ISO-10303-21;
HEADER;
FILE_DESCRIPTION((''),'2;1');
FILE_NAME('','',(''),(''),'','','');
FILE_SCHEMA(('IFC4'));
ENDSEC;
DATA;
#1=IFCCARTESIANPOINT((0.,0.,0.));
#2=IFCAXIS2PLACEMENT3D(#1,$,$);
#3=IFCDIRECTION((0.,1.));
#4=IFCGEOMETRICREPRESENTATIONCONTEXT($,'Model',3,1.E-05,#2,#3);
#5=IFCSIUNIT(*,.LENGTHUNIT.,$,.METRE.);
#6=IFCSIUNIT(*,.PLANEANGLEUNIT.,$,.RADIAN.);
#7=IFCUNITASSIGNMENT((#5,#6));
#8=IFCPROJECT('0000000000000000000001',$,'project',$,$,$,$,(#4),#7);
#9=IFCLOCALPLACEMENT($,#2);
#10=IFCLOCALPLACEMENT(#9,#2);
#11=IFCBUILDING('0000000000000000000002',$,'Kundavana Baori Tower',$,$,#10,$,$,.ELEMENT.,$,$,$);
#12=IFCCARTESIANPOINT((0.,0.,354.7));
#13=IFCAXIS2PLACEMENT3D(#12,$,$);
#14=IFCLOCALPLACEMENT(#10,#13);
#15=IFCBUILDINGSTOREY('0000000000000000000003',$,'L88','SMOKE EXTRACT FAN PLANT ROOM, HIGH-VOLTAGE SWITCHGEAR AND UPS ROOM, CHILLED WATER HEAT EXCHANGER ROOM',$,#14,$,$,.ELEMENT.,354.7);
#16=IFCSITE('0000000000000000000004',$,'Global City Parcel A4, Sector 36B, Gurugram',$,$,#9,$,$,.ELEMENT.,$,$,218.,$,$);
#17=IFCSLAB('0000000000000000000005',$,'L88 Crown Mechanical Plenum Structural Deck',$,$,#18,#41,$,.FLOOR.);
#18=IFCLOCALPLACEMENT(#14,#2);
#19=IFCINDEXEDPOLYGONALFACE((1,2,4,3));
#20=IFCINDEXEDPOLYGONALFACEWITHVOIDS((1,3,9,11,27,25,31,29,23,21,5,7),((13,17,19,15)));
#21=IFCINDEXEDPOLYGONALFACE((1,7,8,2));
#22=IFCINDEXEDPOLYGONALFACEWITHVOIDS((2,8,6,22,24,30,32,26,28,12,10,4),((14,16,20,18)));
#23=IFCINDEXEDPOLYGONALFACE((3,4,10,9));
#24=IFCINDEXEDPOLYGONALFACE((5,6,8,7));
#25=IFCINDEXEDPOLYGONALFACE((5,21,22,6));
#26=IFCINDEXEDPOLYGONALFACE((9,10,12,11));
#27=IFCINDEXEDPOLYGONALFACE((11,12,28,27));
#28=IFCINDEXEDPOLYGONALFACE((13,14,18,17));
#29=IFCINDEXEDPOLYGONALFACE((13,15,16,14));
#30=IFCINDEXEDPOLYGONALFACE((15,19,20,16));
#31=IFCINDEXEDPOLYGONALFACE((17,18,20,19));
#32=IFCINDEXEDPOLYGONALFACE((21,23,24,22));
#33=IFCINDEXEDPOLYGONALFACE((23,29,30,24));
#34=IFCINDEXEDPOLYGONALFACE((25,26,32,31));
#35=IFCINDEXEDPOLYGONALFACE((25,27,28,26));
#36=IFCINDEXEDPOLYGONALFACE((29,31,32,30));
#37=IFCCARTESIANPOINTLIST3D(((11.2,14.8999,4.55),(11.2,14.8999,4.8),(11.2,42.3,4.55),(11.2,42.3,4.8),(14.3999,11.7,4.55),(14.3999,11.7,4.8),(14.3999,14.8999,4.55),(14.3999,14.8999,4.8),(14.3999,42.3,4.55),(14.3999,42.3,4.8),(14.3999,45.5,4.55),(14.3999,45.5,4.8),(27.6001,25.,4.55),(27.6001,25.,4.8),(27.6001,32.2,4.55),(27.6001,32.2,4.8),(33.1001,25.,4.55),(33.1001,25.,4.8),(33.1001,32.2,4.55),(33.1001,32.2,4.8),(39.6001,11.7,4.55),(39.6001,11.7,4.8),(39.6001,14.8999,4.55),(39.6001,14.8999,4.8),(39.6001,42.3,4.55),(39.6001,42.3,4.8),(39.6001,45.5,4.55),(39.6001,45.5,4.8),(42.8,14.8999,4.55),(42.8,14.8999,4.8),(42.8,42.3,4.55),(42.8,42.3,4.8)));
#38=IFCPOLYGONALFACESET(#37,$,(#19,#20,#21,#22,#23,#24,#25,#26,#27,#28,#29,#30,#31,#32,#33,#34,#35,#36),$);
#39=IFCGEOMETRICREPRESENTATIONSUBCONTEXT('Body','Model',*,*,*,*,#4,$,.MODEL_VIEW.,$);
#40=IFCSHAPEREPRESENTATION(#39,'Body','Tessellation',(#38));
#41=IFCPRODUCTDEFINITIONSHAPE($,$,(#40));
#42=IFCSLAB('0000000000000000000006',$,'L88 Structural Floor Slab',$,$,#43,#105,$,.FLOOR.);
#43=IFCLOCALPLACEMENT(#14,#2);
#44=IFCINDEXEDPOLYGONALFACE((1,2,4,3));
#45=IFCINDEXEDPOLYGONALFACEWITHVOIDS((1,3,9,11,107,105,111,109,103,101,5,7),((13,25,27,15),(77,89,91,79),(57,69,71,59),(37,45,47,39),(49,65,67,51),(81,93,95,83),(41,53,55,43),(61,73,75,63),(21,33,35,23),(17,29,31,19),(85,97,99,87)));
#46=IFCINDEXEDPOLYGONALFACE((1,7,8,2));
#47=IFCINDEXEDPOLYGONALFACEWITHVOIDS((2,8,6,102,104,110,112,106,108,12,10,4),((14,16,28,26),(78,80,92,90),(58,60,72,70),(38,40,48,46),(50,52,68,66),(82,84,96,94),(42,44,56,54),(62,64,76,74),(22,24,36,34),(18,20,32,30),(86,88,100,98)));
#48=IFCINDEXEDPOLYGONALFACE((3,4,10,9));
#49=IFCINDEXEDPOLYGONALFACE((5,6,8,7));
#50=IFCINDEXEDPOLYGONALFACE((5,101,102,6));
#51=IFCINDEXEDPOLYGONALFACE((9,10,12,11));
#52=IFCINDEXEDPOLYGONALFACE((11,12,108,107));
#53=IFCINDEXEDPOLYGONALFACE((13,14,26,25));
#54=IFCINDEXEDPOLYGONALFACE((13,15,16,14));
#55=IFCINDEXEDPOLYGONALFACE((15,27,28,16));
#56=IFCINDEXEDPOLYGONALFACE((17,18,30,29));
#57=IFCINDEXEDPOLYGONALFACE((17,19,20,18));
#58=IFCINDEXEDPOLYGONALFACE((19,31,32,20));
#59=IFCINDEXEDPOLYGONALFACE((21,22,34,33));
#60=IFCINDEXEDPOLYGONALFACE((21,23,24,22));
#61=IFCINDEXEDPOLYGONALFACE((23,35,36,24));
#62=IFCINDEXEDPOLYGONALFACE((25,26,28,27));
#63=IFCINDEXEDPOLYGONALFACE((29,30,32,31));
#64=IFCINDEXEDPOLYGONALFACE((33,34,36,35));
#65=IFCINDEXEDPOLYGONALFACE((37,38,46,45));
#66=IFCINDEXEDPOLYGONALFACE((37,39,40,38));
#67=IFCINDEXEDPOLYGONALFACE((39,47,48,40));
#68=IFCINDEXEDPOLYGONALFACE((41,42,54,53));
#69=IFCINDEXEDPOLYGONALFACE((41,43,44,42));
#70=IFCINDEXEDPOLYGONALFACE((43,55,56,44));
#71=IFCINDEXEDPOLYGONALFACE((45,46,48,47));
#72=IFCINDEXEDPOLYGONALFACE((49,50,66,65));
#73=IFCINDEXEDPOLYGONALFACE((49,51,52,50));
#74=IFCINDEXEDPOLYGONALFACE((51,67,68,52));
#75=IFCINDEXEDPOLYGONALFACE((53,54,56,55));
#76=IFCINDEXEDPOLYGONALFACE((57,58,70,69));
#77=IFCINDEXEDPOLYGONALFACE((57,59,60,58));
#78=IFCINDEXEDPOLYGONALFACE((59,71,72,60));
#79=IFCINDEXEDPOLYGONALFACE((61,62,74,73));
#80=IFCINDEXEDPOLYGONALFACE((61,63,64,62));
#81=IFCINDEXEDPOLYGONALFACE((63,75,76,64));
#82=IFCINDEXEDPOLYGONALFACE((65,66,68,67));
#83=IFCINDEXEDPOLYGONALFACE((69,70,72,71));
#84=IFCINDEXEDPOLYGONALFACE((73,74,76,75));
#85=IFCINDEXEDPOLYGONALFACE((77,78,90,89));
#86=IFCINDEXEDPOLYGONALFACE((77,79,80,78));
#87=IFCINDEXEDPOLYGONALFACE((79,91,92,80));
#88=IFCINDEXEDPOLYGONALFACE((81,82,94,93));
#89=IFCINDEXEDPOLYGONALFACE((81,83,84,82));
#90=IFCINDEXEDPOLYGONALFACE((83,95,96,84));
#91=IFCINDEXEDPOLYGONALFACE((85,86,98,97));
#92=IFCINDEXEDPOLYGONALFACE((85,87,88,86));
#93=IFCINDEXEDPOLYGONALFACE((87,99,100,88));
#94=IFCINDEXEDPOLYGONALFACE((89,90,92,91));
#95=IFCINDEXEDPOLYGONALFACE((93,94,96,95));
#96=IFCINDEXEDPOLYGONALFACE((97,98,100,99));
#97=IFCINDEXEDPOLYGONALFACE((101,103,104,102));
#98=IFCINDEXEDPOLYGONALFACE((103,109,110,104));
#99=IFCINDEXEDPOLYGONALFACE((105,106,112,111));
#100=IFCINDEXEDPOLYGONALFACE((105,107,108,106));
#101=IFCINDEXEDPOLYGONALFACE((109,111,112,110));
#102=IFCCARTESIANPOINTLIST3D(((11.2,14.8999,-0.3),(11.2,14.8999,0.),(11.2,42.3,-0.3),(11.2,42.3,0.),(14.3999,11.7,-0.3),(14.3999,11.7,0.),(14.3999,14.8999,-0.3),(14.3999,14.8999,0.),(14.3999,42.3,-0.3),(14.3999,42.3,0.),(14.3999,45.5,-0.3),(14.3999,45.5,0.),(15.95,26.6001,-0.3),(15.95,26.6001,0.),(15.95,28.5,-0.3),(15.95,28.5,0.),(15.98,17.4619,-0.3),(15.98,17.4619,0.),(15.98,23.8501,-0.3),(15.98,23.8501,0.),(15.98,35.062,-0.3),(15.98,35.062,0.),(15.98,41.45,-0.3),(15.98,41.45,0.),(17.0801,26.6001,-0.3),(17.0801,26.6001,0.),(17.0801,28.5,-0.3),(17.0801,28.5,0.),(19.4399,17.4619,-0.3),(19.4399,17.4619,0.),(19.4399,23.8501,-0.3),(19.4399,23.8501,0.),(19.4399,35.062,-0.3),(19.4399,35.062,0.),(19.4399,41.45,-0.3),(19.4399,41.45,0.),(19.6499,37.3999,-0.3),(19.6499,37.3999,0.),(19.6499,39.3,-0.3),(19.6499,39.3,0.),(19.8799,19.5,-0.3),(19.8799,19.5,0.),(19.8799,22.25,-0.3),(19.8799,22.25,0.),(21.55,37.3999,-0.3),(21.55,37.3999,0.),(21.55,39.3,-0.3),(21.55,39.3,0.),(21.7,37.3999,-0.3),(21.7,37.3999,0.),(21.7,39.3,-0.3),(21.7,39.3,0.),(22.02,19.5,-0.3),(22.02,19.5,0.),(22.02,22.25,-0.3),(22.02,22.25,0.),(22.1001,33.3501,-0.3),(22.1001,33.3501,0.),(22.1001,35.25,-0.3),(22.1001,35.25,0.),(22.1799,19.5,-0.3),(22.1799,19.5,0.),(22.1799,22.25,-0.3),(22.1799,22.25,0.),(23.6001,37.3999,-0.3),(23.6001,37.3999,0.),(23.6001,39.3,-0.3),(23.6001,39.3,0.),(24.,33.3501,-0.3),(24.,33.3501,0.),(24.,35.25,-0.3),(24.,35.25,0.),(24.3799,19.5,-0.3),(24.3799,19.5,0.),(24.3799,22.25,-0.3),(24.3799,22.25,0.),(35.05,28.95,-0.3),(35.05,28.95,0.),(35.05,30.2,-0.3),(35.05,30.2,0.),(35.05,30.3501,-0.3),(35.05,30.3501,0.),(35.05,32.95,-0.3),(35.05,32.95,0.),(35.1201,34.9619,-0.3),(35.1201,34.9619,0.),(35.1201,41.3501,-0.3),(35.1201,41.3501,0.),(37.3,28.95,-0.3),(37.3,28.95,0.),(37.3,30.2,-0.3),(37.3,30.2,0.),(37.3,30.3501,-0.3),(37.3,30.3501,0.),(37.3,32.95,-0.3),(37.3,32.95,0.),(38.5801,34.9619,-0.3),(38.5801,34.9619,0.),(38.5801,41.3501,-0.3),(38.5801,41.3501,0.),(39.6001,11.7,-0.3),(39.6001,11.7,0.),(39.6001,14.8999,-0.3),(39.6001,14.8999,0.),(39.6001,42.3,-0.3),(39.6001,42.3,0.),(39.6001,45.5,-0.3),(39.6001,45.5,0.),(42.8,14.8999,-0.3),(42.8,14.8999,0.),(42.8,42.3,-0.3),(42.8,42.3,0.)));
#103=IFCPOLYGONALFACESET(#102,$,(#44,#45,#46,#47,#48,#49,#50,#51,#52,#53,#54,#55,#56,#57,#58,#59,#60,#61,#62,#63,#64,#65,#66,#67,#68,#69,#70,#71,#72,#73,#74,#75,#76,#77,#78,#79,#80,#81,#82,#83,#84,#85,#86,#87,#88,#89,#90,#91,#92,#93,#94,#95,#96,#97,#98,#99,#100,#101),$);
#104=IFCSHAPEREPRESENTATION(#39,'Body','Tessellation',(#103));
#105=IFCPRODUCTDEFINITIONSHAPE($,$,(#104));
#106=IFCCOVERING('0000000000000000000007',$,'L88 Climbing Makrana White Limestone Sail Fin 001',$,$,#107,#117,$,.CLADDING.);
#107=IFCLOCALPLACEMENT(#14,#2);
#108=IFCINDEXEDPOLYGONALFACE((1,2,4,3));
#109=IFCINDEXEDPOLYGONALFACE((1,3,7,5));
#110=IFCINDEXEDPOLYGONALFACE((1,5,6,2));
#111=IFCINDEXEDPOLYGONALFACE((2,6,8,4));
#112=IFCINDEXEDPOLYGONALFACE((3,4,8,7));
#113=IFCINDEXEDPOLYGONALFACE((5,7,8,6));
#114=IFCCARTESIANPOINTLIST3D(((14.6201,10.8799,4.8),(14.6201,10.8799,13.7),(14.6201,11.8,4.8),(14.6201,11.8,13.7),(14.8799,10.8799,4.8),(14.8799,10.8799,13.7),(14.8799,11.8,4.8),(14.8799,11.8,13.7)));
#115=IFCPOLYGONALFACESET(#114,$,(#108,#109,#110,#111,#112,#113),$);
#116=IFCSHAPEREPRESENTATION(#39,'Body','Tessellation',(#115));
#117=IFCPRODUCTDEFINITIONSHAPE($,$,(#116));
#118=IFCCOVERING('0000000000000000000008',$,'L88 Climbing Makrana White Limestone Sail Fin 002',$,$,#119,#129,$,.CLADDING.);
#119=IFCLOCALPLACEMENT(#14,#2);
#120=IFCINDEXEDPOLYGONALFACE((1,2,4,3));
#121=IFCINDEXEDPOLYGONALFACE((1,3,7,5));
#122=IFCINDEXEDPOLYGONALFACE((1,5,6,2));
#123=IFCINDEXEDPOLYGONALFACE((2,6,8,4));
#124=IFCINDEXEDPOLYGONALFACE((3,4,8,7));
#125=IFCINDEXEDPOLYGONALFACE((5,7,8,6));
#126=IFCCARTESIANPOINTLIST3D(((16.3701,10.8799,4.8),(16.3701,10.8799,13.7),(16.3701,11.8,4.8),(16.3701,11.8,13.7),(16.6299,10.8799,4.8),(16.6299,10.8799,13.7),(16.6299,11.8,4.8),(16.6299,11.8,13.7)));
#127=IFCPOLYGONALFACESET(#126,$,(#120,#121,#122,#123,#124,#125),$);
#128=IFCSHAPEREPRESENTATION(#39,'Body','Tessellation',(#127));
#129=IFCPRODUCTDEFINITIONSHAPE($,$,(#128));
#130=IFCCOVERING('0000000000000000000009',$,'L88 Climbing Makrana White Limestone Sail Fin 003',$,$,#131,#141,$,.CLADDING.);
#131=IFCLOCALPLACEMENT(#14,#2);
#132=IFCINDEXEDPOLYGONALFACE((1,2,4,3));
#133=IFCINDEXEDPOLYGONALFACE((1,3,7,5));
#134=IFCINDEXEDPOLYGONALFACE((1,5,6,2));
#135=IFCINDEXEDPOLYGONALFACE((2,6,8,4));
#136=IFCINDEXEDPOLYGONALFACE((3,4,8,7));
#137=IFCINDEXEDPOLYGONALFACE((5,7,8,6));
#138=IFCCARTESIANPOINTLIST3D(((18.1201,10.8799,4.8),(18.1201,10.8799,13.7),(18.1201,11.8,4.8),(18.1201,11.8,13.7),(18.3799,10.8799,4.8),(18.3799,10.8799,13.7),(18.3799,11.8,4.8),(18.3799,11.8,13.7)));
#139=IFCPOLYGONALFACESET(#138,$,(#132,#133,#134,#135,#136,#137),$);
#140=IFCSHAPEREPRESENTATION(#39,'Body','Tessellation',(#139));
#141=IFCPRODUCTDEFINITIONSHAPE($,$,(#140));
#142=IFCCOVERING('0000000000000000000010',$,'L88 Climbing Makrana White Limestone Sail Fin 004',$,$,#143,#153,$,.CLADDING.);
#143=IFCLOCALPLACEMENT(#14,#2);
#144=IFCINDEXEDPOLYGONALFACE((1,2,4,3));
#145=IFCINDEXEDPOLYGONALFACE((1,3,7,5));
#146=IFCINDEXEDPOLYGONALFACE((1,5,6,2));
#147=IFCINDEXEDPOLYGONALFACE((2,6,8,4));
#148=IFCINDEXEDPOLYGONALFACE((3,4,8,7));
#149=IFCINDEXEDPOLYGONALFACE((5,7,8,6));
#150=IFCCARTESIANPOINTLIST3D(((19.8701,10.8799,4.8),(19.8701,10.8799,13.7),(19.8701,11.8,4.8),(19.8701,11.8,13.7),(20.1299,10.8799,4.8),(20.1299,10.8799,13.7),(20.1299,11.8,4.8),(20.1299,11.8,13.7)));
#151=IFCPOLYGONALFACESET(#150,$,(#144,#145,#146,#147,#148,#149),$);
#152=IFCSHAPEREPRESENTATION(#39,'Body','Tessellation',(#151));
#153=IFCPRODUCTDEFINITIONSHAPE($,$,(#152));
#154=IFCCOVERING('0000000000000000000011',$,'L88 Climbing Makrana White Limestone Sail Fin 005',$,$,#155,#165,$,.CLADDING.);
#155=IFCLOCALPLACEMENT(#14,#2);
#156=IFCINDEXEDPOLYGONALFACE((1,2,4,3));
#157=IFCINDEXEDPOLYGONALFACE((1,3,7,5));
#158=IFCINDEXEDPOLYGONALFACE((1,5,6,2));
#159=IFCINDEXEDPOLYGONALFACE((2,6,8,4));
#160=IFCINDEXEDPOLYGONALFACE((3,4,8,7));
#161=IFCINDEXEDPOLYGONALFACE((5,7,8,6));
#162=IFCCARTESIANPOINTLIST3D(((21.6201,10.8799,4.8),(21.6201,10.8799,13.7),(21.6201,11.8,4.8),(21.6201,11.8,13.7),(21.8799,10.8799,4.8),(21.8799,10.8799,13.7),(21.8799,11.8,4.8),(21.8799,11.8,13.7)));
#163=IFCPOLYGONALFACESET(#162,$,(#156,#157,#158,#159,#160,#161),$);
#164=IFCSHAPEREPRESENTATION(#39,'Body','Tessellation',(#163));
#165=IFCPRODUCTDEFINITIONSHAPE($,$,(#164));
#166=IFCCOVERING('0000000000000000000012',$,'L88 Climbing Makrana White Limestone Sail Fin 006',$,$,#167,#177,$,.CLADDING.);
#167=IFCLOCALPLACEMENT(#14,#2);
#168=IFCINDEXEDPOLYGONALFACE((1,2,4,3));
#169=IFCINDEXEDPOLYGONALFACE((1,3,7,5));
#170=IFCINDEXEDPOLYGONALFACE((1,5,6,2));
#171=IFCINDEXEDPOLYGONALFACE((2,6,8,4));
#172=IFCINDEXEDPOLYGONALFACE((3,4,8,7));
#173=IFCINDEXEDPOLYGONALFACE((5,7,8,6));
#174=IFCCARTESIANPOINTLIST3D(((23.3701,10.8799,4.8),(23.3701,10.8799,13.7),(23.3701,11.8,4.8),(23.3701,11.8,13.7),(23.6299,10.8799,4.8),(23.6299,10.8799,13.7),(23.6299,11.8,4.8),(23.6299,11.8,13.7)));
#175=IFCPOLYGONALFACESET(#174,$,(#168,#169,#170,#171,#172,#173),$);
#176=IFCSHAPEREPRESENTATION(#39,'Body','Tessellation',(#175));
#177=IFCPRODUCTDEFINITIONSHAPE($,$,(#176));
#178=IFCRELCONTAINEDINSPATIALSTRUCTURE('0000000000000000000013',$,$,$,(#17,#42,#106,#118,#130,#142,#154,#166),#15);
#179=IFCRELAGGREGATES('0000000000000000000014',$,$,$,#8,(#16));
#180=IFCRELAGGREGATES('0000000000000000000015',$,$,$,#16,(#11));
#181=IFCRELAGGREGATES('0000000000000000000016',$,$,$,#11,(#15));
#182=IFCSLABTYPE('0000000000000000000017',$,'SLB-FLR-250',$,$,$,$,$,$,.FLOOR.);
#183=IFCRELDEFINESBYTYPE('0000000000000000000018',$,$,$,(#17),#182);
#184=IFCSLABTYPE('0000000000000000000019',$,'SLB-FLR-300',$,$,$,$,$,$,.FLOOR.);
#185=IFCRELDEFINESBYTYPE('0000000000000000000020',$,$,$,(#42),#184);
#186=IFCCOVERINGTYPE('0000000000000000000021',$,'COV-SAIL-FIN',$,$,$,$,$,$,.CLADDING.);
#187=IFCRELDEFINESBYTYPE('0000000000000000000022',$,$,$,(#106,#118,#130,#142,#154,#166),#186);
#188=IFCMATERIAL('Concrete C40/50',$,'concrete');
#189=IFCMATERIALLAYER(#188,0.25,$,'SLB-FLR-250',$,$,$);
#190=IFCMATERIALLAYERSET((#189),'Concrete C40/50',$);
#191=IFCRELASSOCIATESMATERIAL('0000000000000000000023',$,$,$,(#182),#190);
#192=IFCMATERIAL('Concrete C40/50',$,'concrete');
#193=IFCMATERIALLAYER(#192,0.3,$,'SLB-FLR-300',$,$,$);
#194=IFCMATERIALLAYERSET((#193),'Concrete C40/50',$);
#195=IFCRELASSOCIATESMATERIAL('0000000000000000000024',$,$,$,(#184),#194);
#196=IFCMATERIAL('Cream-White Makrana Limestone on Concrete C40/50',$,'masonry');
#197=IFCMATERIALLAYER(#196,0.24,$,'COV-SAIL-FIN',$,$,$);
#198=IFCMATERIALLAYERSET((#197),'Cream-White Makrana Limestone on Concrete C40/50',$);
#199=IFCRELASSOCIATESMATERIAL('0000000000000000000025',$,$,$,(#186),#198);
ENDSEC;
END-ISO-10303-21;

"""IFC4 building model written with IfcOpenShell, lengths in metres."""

from ifc_helpers import new_model, si_unit, direction, frame, origin, place, context, subcontext, project, spatial, polyline, outline, extrude, material, layer, layer_set, type_object, element, save


model = new_model("IFC4")

# Units and contexts
model_context = context("Model", 3, precision=1e-05, world=origin(), true_north=direction((0.0, 1.0)))
body_context = subcontext(model_context, "Body", "Model", "MODEL_VIEW")
ifc_project = project(units=[si_unit("LENGTHUNIT", "METRE"), si_unit("PLANEANGLEUNIT", "RADIAN")], contexts=[model_context])

# Site, building, storey
site_placement = place(None, origin())
site = spatial("IfcSite", under=ifc_project, at=site_placement, Name="Global City Parcel A4, Sector 36B, Gurugram", CompositionType="ELEMENT", RefElevation=218.0)
building_placement = place(site_placement, origin())
building = spatial("IfcBuilding", under=site, at=building_placement, Name="Kundavana Baori Tower", CompositionType="ELEMENT")
storey_placement = place(building_placement, frame((0.0, 0.0, 354.7)))
storey = spatial("IfcBuildingStorey", under=building, at=storey_placement, Name="L88", Description="SMOKE EXTRACT FAN PLANT ROOM, HIGH-VOLTAGE SWITCHGEAR AND UPS ROOM, CHILLED WATER HEAT EXCHANGER ROOM", CompositionType="ELEMENT", Elevation=354.7)

# Slabs
ifc_material_1 = material(Name="Concrete C40/50", Category="concrete")
ifc_layer_1 = layer(ifc_material_1, 0.25, Name="SLB-FLR-250")
ifc_layer_set_1 = layer_set([ifc_layer_1], Name="Concrete C40/50")
slab_type_1 = type_object("IfcSlabType", Name="SLB-FLR-250", PredefinedType="FLOOR", material=ifc_layer_set_1)
slab_1_placement = place(storey_placement, frame((0.0, 0.0, 4.55)))
element("IfcSlab", 1, at=slab_1_placement, inside=storey, type_object=slab_type_1, Name="L88 Crown Mechanical Plenum Structural Deck", PredefinedType="FLOOR", context=body_context, shape_type="SweptSolid", body=[
    extrude(outline(polyline([(14.3999, 11.7), (39.6001, 11.7), (39.6001, 14.8999), (42.8, 14.8999), (42.8, 42.3), (39.6001, 42.3), (39.6001, 45.5), (14.3999, 45.5), (14.3999, 42.3), (11.2, 42.3), (11.2, 14.8999), (14.3999, 14.8999), (14.3999, 11.7)]), holes=[polyline([(27.6001, 25.0), (33.1001, 25.0), (33.1001, 32.2), (27.6001, 32.2), (27.6001, 25.0)])]), origin(), (0.0, 0.0, 1.0), 0.25),
])
ifc_material_2 = material(Name="Concrete C40/50", Category="concrete")
ifc_layer_2 = layer(ifc_material_2, 0.3, Name="SLB-FLR-300")
ifc_layer_set_2 = layer_set([ifc_layer_2], Name="Concrete C40/50")
slab_type_2 = type_object("IfcSlabType", Name="SLB-FLR-300", PredefinedType="FLOOR", material=ifc_layer_set_2)
slab_2_placement = place(storey_placement, frame((0.0, 0.0, -0.3)))
element("IfcSlab", 2, at=slab_2_placement, inside=storey, type_object=slab_type_2, Name="L88 Structural Floor Slab", PredefinedType="FLOOR", context=body_context, shape_type="SweptSolid", body=[
    extrude(outline(polyline([(14.3999, 11.7), (39.6001, 11.7), (39.6001, 14.8999), (42.8, 14.8999), (42.8, 42.3), (39.6001, 42.3), (39.6001, 45.5), (14.3999, 45.5), (14.3999, 42.3), (11.2, 42.3), (11.2, 14.8999), (14.3999, 14.8999), (14.3999, 11.7)]), holes=[polyline([(19.4399, 17.4619), (19.4399, 23.8501), (15.98, 23.8501), (15.98, 17.4619), (19.4399, 17.4619)]), polyline([(19.4399, 35.062), (19.4399, 41.45), (15.98, 41.45), (15.98, 35.062), (19.4399, 35.062)]), polyline([(38.5801, 34.9619), (38.5801, 41.3501), (35.1201, 41.3501), (35.1201, 34.9619), (38.5801, 34.9619)]), polyline([(19.6499, 37.3999), (21.55, 37.3999), (21.55, 39.3), (19.6499, 39.3), (19.6499, 37.3999)]), polyline([(21.7, 37.3999), (23.6001, 37.3999), (23.6001, 39.3), (21.7, 39.3), (21.7, 37.3999)]), polyline([(22.1001, 33.3501), (24.0, 33.3501), (24.0, 35.25), (22.1001, 35.25), (22.1001, 33.3501)]), polyline([(19.8799, 19.5), (22.02, 19.5), (22.02, 22.25), (19.8799, 22.25), (19.8799, 19.5)]), polyline([(22.1799, 19.5), (24.3799, 19.5), (24.3799, 22.25), (22.1799, 22.25), (22.1799, 19.5)]), polyline([(35.05, 30.3501), (37.3, 30.3501), (37.3, 32.95), (35.05, 32.95), (35.05, 30.3501)]), polyline([(15.95, 26.6001), (17.0801, 26.6001), (17.0801, 28.5), (15.95, 28.5), (15.95, 26.6001)]), polyline([(35.05, 28.95), (37.3, 28.95), (37.3, 30.2), (35.05, 30.2), (35.05, 28.95)])]), origin(), (0.0, 0.0, 1.0), 0.3),
])

# Coverings
ifc_material_3 = material(Name="Cream-White Makrana Limestone on Concrete C40/50", Category="masonry")
ifc_layer_3 = layer(ifc_material_3, 0.24, Name="COV-SAIL-FIN")
ifc_layer_set_3 = layer_set([ifc_layer_3], Name="Cream-White Makrana Limestone on Concrete C40/50")
covering_type = type_object("IfcCoveringType", Name="COV-SAIL-FIN", PredefinedType="CLADDING", material=ifc_layer_set_3)
covering_1_placement = place(storey_placement, frame((0.0, 0.0, 4.8)))
element("IfcCovering", 3, at=covering_1_placement, inside=storey, type_object=covering_type, Name="L88 Climbing Makrana White Limestone Sail Fin 001", PredefinedType="CLADDING", context=body_context, shape_type="SweptSolid", body=[
    extrude(outline(polyline([(14.6201, 10.8799), (14.8799, 10.8799), (14.8799, 11.8), (14.6201, 11.8), (14.6201, 10.8799)])), origin(), (0.0, 0.0, 1.0), 8.8999),
])
covering_2_placement = place(storey_placement, frame((0.0, 0.0, 4.8)))
element("IfcCovering", 4, at=covering_2_placement, inside=storey, type_object=covering_type, Name="L88 Climbing Makrana White Limestone Sail Fin 002", PredefinedType="CLADDING", context=body_context, shape_type="SweptSolid", body=[
    extrude(outline(polyline([(16.3701, 10.8799), (16.6299, 10.8799), (16.6299, 11.8), (16.3701, 11.8), (16.3701, 10.8799)])), origin(), (0.0, 0.0, 1.0), 8.8999),
])
covering_3_placement = place(storey_placement, frame((0.0, 0.0, 4.8)))
element("IfcCovering", 5, at=covering_3_placement, inside=storey, type_object=covering_type, Name="L88 Climbing Makrana White Limestone Sail Fin 003", PredefinedType="CLADDING", context=body_context, shape_type="SweptSolid", body=[
    extrude(outline(polyline([(18.1201, 10.8799), (18.3799, 10.8799), (18.3799, 11.8), (18.1201, 11.8), (18.1201, 10.8799)])), origin(), (0.0, 0.0, 1.0), 8.8999),
])
covering_4_placement = place(storey_placement, frame((0.0, 0.0, 4.8)))
element("IfcCovering", 6, at=covering_4_placement, inside=storey, type_object=covering_type, Name="L88 Climbing Makrana White Limestone Sail Fin 004", PredefinedType="CLADDING", context=body_context, shape_type="SweptSolid", body=[
    extrude(outline(polyline([(19.8701, 10.8799), (20.1299, 10.8799), (20.1299, 11.8), (19.8701, 11.8), (19.8701, 10.8799)])), origin(), (0.0, 0.0, 1.0), 8.8999),
])
covering_5_placement = place(storey_placement, frame((0.0, 0.0, 4.8)))
element("IfcCovering", 7, at=covering_5_placement, inside=storey, type_object=covering_type, Name="L88 Climbing Makrana White Limestone Sail Fin 005", PredefinedType="CLADDING", context=body_context, shape_type="SweptSolid", body=[
    extrude(outline(polyline([(21.6201, 10.8799), (21.8799, 10.8799), (21.8799, 11.8), (21.6201, 11.8), (21.6201, 10.8799)])), origin(), (0.0, 0.0, 1.0), 8.8999),
])
covering_6_placement = place(storey_placement, frame((0.0, 0.0, 4.8)))
element("IfcCovering", 8, at=covering_6_placement, inside=storey, type_object=covering_type, Name="L88 Climbing Makrana White Limestone Sail Fin 006", PredefinedType="CLADDING", context=body_context, shape_type="SweptSolid", body=[
    extrude(outline(polyline([(23.3701, 10.8799), (23.6299, 10.8799), (23.6299, 11.8), (23.3701, 11.8), (23.3701, 10.8799)])), origin(), (0.0, 0.0, 1.0), 8.8999),
])

save(model, "model.ifc")
